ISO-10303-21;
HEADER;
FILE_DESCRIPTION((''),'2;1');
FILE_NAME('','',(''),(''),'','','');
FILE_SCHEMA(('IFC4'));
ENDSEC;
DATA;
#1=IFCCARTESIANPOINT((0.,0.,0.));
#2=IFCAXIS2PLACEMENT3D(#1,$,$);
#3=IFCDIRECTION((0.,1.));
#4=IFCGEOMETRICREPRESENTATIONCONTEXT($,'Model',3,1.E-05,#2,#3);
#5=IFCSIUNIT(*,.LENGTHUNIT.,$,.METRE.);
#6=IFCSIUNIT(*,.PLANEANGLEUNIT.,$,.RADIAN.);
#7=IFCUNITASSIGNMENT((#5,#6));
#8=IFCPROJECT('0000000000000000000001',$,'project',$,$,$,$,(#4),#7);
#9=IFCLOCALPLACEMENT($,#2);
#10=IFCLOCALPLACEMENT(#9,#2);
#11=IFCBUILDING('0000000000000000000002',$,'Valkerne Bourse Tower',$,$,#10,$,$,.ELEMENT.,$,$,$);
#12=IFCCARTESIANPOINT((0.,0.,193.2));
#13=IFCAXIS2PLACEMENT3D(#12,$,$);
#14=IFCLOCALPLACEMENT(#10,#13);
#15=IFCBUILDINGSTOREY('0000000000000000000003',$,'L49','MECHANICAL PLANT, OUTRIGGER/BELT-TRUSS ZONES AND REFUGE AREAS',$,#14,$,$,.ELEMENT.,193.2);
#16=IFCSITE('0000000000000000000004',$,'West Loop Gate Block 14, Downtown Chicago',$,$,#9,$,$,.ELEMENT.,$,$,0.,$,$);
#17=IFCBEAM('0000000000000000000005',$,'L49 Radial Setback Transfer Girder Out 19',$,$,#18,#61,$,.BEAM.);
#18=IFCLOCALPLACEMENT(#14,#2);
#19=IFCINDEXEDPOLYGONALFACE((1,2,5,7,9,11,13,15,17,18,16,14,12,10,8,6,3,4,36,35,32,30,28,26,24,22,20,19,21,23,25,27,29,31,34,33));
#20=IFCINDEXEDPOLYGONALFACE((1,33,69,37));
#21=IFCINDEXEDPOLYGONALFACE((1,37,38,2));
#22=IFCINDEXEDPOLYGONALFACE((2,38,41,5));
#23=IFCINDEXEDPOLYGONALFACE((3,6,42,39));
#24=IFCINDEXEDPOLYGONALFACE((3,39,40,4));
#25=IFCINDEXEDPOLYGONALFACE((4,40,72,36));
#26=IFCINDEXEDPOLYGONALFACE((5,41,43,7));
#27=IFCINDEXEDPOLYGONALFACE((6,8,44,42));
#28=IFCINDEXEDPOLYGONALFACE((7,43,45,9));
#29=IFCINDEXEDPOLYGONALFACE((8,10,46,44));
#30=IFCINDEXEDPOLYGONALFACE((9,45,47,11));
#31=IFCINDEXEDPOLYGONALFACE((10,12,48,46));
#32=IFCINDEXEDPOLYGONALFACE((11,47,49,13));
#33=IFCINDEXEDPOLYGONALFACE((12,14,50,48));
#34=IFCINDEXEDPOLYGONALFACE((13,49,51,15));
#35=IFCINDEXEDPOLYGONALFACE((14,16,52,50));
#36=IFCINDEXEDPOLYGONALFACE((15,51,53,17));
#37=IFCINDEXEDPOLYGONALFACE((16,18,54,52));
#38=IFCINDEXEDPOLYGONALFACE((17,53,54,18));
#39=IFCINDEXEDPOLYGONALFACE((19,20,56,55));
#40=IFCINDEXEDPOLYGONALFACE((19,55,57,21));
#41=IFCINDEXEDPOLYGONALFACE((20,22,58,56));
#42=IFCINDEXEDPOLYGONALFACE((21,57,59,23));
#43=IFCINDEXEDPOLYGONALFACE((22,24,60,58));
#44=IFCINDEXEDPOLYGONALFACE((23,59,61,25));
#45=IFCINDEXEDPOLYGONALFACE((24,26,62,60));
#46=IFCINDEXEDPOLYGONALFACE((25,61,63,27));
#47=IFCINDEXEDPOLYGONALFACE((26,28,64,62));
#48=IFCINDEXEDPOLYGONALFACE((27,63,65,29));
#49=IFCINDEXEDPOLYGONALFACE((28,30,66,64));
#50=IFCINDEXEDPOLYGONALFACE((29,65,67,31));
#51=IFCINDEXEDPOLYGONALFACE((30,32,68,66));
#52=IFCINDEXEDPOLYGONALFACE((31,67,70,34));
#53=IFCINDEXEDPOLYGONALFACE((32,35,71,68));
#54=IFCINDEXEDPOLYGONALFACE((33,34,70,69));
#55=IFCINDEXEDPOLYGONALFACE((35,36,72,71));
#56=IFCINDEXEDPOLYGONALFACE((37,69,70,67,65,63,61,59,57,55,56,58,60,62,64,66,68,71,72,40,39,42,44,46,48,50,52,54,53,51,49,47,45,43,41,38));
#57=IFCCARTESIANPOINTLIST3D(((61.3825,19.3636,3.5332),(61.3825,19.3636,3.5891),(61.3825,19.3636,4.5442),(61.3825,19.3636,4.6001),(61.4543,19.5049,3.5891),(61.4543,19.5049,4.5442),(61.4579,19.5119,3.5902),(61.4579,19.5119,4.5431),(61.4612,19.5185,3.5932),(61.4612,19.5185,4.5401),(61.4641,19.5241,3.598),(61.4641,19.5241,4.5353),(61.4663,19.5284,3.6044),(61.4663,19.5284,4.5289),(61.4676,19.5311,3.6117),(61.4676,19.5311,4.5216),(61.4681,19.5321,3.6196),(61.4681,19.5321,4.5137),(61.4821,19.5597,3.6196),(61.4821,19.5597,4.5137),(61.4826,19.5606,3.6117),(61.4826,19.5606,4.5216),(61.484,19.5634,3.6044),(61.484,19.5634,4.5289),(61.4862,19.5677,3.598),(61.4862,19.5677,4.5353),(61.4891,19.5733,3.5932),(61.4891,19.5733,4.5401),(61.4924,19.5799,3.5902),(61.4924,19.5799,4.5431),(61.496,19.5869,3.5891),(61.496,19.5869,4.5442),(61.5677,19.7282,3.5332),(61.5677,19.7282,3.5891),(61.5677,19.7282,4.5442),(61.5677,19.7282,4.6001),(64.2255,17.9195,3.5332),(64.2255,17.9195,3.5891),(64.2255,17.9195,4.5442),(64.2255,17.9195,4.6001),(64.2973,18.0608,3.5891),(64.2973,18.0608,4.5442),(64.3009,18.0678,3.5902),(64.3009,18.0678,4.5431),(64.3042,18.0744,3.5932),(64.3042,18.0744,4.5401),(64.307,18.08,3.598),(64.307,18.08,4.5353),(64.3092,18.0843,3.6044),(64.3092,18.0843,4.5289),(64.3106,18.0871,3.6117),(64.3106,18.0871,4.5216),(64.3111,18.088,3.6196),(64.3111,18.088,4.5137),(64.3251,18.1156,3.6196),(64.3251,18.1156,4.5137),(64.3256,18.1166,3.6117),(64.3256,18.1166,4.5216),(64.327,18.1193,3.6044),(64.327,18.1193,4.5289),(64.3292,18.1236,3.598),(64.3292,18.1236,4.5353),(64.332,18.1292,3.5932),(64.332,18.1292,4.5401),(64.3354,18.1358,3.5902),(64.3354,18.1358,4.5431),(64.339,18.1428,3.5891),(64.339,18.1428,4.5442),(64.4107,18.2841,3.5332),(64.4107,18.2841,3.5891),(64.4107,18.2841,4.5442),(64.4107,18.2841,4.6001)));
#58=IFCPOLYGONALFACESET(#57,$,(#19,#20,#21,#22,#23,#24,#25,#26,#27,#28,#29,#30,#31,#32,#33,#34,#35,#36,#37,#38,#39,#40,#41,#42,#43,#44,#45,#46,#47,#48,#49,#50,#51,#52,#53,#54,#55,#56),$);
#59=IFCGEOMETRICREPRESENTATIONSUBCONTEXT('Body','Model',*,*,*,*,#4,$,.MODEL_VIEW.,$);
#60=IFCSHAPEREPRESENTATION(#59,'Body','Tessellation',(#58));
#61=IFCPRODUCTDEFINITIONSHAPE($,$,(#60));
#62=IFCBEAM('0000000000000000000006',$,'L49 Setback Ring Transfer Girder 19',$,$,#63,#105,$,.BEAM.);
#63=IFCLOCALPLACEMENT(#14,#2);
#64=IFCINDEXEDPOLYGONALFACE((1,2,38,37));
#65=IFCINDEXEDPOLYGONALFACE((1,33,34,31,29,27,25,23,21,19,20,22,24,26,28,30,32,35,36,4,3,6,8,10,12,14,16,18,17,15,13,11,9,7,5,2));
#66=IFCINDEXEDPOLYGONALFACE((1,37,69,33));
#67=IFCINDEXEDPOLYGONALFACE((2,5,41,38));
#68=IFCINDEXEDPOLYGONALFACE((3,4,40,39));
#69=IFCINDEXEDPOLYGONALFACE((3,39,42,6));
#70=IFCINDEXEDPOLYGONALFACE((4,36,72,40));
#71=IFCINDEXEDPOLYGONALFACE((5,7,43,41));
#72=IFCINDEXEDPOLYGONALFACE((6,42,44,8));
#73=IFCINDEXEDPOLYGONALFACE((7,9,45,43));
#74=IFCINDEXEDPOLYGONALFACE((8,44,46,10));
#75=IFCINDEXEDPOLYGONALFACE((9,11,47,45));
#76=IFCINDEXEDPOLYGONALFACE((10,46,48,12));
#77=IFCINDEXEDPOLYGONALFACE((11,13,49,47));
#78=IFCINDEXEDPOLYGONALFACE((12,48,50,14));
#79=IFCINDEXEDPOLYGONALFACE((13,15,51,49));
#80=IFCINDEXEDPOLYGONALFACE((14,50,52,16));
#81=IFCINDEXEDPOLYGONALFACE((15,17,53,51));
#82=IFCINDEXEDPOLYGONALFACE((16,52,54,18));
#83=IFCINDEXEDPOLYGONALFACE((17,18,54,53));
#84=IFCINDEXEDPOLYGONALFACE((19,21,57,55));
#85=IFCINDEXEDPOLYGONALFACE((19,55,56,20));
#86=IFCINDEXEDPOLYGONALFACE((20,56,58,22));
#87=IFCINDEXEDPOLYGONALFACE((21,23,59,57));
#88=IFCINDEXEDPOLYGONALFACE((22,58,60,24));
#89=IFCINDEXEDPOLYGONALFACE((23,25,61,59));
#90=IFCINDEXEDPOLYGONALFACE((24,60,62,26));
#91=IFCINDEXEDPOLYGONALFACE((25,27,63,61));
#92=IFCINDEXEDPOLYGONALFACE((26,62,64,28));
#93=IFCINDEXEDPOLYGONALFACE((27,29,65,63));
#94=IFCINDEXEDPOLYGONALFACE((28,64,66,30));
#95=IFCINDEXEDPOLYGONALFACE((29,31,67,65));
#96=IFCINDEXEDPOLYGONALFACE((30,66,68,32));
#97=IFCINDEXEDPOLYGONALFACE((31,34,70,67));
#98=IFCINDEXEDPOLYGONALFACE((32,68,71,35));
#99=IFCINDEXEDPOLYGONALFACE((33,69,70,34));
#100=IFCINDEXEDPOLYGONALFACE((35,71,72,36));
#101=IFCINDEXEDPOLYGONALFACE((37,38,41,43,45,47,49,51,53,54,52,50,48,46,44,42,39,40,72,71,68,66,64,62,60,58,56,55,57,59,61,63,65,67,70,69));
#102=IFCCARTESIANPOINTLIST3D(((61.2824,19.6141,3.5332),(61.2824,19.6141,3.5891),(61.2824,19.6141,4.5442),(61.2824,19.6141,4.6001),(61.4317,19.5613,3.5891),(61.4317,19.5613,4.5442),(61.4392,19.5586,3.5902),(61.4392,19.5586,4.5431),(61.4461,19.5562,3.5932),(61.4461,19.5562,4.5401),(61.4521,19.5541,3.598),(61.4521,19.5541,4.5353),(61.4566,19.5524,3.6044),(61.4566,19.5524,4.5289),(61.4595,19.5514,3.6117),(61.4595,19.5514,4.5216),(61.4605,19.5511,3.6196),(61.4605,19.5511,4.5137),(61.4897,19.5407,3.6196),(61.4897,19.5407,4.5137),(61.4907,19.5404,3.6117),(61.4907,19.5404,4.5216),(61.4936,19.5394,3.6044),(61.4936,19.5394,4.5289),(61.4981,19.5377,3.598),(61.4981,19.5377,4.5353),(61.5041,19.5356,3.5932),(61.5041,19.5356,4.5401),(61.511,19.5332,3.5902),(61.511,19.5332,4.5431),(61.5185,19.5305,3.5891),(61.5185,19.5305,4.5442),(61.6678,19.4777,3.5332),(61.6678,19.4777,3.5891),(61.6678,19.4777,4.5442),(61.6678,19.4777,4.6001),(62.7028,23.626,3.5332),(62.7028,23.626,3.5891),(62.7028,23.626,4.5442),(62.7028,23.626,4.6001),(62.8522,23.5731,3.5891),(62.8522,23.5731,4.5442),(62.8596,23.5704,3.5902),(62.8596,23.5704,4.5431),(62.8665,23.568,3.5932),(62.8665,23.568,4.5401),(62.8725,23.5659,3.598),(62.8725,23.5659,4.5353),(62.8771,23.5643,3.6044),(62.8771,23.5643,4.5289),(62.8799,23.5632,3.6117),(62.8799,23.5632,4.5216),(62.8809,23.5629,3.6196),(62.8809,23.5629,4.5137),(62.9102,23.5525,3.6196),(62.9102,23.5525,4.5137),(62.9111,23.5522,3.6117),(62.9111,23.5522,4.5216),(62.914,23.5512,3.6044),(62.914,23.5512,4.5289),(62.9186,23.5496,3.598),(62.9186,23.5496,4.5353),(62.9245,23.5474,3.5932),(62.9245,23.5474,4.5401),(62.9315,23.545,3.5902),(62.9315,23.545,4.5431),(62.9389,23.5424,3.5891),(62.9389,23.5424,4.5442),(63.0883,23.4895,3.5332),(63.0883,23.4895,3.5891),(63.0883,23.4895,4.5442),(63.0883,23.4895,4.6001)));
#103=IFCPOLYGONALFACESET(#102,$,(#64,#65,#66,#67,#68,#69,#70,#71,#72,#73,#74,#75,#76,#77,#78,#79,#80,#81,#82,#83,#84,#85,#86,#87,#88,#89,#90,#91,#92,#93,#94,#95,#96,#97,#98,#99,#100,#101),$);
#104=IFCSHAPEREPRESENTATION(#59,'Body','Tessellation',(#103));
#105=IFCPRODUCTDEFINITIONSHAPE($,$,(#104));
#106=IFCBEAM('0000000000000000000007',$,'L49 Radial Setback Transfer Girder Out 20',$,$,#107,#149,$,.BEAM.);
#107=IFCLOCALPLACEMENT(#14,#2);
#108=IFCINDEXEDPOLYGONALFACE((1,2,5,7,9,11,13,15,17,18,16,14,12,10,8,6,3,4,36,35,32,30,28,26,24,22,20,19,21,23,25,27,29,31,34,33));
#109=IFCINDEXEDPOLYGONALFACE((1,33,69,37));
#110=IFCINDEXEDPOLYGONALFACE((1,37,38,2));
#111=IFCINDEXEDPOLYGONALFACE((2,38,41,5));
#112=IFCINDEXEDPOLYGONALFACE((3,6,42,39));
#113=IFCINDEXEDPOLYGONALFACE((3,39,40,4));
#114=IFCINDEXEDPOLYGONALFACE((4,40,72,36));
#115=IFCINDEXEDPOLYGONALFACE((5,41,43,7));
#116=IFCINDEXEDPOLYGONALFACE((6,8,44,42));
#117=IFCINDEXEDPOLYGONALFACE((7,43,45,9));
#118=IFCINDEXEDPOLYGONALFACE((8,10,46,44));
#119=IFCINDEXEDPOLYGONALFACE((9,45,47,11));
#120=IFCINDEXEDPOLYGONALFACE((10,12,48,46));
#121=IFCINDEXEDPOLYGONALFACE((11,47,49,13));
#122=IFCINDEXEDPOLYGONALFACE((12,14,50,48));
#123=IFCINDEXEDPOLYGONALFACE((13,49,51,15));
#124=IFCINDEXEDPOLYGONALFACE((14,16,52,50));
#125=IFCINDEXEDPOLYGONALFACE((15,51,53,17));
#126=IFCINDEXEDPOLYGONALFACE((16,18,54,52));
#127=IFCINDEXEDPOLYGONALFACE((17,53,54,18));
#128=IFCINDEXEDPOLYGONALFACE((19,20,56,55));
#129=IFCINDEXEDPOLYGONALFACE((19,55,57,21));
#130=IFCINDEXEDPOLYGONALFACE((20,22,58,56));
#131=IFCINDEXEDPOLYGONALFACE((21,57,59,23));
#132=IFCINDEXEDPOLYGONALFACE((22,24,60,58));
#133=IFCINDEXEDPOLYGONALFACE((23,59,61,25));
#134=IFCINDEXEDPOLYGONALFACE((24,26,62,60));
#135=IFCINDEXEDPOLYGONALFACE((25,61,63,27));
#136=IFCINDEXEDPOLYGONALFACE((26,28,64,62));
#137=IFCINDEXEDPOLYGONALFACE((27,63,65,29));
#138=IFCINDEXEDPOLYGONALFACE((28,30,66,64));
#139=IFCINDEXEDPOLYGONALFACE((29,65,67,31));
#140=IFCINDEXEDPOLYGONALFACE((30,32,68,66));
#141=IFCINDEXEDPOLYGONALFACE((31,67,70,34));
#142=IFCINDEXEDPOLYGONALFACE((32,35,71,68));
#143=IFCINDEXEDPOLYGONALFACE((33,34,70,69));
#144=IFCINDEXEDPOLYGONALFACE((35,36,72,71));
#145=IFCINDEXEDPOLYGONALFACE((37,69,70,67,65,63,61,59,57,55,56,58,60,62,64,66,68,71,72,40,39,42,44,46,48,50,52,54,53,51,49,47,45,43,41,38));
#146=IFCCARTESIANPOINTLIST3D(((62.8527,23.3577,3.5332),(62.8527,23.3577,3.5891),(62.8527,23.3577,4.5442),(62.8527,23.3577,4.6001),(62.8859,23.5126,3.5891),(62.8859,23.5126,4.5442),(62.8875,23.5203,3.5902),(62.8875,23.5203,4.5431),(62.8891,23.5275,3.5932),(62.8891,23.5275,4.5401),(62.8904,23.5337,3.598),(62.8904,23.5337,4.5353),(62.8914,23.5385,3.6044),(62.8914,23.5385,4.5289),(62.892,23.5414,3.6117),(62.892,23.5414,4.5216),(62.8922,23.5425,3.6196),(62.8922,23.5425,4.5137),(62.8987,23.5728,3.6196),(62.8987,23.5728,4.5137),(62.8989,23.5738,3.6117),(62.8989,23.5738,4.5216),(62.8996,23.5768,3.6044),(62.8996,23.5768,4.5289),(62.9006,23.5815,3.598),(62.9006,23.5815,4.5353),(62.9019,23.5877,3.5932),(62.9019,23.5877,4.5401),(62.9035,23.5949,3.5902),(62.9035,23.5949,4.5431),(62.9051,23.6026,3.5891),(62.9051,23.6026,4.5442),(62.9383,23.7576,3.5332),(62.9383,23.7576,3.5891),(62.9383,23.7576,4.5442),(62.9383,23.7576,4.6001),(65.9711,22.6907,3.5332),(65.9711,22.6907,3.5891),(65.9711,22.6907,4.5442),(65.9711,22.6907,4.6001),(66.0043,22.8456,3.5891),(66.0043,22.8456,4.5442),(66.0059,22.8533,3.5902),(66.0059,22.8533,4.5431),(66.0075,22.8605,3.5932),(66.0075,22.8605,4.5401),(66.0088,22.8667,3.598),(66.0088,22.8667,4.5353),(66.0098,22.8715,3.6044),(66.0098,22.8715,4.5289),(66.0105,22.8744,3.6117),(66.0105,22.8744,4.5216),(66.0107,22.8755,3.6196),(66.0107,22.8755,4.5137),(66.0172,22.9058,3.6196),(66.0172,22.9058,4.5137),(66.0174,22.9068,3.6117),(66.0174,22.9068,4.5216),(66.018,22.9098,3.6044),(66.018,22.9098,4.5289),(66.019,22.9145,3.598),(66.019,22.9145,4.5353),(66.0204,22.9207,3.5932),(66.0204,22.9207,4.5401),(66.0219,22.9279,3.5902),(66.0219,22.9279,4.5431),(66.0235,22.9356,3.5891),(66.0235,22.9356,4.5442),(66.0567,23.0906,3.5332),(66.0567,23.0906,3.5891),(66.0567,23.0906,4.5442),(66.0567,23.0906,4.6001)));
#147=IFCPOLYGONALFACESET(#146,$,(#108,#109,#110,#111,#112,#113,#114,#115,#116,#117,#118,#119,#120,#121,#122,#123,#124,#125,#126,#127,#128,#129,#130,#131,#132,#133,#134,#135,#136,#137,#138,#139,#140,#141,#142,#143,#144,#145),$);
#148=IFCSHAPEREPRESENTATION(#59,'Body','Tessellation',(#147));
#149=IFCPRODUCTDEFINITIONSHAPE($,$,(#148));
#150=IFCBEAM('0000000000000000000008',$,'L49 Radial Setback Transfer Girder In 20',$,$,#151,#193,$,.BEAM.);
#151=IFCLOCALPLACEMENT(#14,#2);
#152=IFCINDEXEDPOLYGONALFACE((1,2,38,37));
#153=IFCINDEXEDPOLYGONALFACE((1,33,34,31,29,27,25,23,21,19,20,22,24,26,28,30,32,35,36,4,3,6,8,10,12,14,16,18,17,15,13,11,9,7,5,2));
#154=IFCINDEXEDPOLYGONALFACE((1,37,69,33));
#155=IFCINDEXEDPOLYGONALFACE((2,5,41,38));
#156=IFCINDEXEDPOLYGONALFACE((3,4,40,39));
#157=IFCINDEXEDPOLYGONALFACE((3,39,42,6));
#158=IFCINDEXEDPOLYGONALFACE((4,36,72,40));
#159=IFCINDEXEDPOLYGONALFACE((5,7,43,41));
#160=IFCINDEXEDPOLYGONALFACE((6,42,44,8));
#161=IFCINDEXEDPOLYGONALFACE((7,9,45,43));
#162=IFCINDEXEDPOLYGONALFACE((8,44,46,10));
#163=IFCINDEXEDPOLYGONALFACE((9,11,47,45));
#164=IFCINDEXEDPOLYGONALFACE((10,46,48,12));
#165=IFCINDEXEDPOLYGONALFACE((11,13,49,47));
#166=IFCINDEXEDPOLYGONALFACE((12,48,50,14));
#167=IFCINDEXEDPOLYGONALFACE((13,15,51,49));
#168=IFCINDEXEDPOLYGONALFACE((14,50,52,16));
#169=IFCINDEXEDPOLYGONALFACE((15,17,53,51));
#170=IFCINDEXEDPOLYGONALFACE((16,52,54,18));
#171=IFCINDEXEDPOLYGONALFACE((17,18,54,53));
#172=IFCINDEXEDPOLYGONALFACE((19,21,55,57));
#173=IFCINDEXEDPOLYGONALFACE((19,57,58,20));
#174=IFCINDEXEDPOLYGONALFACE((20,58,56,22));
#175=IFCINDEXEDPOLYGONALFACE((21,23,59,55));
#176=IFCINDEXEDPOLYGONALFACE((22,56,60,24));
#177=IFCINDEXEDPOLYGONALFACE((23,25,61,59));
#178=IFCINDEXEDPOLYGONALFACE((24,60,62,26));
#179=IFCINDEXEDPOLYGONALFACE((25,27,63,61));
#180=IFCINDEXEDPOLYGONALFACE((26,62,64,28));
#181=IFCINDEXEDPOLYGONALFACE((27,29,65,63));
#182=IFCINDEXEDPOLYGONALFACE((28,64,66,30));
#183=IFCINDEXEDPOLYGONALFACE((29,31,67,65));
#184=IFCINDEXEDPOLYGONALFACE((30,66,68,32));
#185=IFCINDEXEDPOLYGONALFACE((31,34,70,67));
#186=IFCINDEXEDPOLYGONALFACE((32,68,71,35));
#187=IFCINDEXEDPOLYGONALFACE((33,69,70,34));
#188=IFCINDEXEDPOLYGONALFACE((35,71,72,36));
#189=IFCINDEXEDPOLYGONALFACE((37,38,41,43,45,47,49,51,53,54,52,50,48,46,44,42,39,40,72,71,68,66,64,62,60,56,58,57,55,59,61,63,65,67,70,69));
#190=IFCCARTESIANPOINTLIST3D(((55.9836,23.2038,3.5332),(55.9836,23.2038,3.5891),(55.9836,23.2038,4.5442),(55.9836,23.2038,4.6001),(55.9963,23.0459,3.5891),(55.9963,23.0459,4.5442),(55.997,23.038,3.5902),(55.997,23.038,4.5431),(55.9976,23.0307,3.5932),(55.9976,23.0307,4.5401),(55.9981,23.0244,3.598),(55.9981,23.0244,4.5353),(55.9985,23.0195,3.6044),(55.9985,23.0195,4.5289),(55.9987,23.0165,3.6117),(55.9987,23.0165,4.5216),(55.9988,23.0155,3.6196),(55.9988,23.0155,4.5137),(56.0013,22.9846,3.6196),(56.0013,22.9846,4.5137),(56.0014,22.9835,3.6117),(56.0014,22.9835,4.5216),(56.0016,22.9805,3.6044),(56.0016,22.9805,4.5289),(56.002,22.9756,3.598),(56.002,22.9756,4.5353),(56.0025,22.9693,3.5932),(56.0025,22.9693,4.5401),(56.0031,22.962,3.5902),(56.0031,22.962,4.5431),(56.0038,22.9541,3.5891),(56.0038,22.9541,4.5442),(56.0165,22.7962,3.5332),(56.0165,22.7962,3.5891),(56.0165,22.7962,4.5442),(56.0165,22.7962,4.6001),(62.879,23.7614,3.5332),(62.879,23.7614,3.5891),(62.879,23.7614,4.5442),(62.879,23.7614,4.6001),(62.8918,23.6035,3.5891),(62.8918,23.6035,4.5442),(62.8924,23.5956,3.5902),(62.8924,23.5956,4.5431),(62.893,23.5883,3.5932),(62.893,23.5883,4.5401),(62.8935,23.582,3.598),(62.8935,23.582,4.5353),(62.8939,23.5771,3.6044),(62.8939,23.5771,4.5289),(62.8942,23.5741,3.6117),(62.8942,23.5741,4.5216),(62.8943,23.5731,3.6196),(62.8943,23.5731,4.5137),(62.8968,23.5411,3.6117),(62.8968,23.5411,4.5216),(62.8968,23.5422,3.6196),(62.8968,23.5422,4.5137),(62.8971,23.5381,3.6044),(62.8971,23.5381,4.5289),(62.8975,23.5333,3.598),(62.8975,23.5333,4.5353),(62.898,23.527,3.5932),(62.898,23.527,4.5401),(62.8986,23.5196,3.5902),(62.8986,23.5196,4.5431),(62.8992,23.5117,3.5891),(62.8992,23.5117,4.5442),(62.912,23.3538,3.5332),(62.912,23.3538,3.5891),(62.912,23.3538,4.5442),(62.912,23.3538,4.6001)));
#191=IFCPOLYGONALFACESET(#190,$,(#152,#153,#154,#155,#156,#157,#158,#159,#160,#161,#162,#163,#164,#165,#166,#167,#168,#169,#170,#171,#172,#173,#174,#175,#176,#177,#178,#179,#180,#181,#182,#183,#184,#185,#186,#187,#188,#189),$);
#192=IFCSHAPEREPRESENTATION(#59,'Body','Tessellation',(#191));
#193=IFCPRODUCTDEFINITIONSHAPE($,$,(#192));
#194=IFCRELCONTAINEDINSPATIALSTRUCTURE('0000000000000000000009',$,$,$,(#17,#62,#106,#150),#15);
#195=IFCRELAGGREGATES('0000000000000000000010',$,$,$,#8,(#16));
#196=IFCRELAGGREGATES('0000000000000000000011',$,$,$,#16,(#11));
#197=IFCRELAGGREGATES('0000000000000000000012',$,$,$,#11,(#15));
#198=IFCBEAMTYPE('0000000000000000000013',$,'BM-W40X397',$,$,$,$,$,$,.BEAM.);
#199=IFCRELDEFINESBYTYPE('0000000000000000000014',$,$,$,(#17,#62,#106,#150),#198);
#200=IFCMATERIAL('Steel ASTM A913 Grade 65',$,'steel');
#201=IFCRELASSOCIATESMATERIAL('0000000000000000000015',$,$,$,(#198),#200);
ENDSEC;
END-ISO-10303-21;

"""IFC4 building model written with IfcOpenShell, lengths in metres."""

from ifc_helpers import new_model, si_unit, direction, frame, origin, origin_2d, place, context, subcontext, project, spatial, i_section, extrude, material, material_profile, profile_set, type_object, element, save


model = new_model("IFC4")

# Units and contexts
model_context = context("Model", 3, precision=1e-05, world=origin(), true_north=direction((0.0, 1.0)))
body_context = subcontext(model_context, "Body", "Model", "MODEL_VIEW")
ifc_project = project(units=[si_unit("LENGTHUNIT", "METRE"), si_unit("PLANEANGLEUNIT", "RADIAN")], contexts=[model_context])

# Site, building, storey
site_placement = place(None, origin())
site = spatial("IfcSite", under=ifc_project, at=site_placement, Name="West Loop Gate Block 14, Downtown Chicago", CompositionType="ELEMENT", RefElevation=0.0)
building_placement = place(site_placement, origin())
building = spatial("IfcBuilding", under=site, at=building_placement, Name="Valkerne Bourse Tower", CompositionType="ELEMENT")
storey_placement = place(building_placement, frame((0.0, 0.0, 193.2)))
storey = spatial("IfcBuildingStorey", under=building, at=storey_placement, Name="L49", Description="MECHANICAL PLANT, OUTRIGGER/BELT-TRUSS ZONES AND REFUGE AREAS", CompositionType="ELEMENT", Elevation=193.2)

# Shared definitions
ifc_material_1 = material(Name="Steel ASTM A913 Grade 65", Category="steel")

# Beams
ifc_material_profile_1 = material_profile(ifc_material_1, i_section(OverallWidth=0.4089, OverallDepth=1.0669, WebThickness=0.031, FlangeThickness=0.0559, FilletRadius=0.0305, at=origin_2d()), Name="W40X397")
ifc_profile_set_1 = profile_set([ifc_material_profile_1], Name="Steel ASTM A913 Grade 65")
beam_type_1 = type_object("IfcBeamType", Name="BM-W40X397", PredefinedType="BEAM", material=ifc_profile_set_1)
beam_1_placement = place(storey_placement, frame((64.3181, 18.1018, 4.0667), z_axis=(-0.891576, 0.45287, 0.0), x_axis=(-0.45287, -0.891576, 0.0)))
element("IfcBeam", 1, at=beam_1_placement, inside=storey, type_object=beam_type_1, Name="L49 Radial Setback Transfer Girder Out 19", PredefinedType="BEAM", context=body_context, shape_type="SweptSolid", body=[
    extrude(i_section(OverallWidth=0.4089, OverallDepth=1.0669, WebThickness=0.031, FlangeThickness=0.0559, FilletRadius=0.0305, at=origin_2d()), origin(), (0.0, 0.0, 1.0), 3.1887),
])
beam_2_placement = place(storey_placement, frame((61.4751, 19.5459, 4.0667), z_axis=(0.333762, 0.942657, 0.0), x_axis=(-0.942657, 0.333762, 0.0)))
element("IfcBeam", 2, at=beam_2_placement, inside=storey, type_object=beam_type_1, Name="L49 Setback Ring Transfer Girder 19", PredefinedType="BEAM", context=body_context, shape_type="SweptSolid", body=[
    extrude(i_section(OverallWidth=0.4089, OverallDepth=1.0669, WebThickness=0.031, FlangeThickness=0.0559, FilletRadius=0.0305, at=origin_2d()), origin(), (0.0, 0.0, 1.0), 4.2559),
])
beam_3_placement = place(storey_placement, frame((66.0139, 22.8906, 4.0667), z_axis=(-0.977882, 0.209158, 0.0), x_axis=(-0.209158, -0.977882, 0.0)))
element("IfcBeam", 3, at=beam_3_placement, inside=storey, type_object=beam_type_1, Name="L49 Radial Setback Transfer Girder Out 20", PredefinedType="BEAM", context=body_context, shape_type="SweptSolid", body=[
    extrude(i_section(OverallWidth=0.4089, OverallDepth=1.0669, WebThickness=0.031, FlangeThickness=0.0559, FilletRadius=0.0305, at=origin_2d()), origin(), (0.0, 0.0, 1.0), 3.189),
])
beam_4_placement = place(storey_placement, frame((62.8955, 23.5576, 4.0667), z_axis=(-0.996746, -0.080604, 0.0), x_axis=(0.080604, -0.996746, 0.0)))
element("IfcBeam", 4, at=beam_4_placement, inside=storey, type_object=beam_type_1, Name="L49 Radial Setback Transfer Girder In 20", PredefinedType="BEAM", context=body_context, shape_type="SweptSolid", body=[
    extrude(i_section(OverallWidth=0.4089, OverallDepth=1.0669, WebThickness=0.031, FlangeThickness=0.0559, FilletRadius=0.0305, at=origin_2d()), origin(), (0.0, 0.0, 1.0), 6.918),
])

save(model, "model.ifc")
